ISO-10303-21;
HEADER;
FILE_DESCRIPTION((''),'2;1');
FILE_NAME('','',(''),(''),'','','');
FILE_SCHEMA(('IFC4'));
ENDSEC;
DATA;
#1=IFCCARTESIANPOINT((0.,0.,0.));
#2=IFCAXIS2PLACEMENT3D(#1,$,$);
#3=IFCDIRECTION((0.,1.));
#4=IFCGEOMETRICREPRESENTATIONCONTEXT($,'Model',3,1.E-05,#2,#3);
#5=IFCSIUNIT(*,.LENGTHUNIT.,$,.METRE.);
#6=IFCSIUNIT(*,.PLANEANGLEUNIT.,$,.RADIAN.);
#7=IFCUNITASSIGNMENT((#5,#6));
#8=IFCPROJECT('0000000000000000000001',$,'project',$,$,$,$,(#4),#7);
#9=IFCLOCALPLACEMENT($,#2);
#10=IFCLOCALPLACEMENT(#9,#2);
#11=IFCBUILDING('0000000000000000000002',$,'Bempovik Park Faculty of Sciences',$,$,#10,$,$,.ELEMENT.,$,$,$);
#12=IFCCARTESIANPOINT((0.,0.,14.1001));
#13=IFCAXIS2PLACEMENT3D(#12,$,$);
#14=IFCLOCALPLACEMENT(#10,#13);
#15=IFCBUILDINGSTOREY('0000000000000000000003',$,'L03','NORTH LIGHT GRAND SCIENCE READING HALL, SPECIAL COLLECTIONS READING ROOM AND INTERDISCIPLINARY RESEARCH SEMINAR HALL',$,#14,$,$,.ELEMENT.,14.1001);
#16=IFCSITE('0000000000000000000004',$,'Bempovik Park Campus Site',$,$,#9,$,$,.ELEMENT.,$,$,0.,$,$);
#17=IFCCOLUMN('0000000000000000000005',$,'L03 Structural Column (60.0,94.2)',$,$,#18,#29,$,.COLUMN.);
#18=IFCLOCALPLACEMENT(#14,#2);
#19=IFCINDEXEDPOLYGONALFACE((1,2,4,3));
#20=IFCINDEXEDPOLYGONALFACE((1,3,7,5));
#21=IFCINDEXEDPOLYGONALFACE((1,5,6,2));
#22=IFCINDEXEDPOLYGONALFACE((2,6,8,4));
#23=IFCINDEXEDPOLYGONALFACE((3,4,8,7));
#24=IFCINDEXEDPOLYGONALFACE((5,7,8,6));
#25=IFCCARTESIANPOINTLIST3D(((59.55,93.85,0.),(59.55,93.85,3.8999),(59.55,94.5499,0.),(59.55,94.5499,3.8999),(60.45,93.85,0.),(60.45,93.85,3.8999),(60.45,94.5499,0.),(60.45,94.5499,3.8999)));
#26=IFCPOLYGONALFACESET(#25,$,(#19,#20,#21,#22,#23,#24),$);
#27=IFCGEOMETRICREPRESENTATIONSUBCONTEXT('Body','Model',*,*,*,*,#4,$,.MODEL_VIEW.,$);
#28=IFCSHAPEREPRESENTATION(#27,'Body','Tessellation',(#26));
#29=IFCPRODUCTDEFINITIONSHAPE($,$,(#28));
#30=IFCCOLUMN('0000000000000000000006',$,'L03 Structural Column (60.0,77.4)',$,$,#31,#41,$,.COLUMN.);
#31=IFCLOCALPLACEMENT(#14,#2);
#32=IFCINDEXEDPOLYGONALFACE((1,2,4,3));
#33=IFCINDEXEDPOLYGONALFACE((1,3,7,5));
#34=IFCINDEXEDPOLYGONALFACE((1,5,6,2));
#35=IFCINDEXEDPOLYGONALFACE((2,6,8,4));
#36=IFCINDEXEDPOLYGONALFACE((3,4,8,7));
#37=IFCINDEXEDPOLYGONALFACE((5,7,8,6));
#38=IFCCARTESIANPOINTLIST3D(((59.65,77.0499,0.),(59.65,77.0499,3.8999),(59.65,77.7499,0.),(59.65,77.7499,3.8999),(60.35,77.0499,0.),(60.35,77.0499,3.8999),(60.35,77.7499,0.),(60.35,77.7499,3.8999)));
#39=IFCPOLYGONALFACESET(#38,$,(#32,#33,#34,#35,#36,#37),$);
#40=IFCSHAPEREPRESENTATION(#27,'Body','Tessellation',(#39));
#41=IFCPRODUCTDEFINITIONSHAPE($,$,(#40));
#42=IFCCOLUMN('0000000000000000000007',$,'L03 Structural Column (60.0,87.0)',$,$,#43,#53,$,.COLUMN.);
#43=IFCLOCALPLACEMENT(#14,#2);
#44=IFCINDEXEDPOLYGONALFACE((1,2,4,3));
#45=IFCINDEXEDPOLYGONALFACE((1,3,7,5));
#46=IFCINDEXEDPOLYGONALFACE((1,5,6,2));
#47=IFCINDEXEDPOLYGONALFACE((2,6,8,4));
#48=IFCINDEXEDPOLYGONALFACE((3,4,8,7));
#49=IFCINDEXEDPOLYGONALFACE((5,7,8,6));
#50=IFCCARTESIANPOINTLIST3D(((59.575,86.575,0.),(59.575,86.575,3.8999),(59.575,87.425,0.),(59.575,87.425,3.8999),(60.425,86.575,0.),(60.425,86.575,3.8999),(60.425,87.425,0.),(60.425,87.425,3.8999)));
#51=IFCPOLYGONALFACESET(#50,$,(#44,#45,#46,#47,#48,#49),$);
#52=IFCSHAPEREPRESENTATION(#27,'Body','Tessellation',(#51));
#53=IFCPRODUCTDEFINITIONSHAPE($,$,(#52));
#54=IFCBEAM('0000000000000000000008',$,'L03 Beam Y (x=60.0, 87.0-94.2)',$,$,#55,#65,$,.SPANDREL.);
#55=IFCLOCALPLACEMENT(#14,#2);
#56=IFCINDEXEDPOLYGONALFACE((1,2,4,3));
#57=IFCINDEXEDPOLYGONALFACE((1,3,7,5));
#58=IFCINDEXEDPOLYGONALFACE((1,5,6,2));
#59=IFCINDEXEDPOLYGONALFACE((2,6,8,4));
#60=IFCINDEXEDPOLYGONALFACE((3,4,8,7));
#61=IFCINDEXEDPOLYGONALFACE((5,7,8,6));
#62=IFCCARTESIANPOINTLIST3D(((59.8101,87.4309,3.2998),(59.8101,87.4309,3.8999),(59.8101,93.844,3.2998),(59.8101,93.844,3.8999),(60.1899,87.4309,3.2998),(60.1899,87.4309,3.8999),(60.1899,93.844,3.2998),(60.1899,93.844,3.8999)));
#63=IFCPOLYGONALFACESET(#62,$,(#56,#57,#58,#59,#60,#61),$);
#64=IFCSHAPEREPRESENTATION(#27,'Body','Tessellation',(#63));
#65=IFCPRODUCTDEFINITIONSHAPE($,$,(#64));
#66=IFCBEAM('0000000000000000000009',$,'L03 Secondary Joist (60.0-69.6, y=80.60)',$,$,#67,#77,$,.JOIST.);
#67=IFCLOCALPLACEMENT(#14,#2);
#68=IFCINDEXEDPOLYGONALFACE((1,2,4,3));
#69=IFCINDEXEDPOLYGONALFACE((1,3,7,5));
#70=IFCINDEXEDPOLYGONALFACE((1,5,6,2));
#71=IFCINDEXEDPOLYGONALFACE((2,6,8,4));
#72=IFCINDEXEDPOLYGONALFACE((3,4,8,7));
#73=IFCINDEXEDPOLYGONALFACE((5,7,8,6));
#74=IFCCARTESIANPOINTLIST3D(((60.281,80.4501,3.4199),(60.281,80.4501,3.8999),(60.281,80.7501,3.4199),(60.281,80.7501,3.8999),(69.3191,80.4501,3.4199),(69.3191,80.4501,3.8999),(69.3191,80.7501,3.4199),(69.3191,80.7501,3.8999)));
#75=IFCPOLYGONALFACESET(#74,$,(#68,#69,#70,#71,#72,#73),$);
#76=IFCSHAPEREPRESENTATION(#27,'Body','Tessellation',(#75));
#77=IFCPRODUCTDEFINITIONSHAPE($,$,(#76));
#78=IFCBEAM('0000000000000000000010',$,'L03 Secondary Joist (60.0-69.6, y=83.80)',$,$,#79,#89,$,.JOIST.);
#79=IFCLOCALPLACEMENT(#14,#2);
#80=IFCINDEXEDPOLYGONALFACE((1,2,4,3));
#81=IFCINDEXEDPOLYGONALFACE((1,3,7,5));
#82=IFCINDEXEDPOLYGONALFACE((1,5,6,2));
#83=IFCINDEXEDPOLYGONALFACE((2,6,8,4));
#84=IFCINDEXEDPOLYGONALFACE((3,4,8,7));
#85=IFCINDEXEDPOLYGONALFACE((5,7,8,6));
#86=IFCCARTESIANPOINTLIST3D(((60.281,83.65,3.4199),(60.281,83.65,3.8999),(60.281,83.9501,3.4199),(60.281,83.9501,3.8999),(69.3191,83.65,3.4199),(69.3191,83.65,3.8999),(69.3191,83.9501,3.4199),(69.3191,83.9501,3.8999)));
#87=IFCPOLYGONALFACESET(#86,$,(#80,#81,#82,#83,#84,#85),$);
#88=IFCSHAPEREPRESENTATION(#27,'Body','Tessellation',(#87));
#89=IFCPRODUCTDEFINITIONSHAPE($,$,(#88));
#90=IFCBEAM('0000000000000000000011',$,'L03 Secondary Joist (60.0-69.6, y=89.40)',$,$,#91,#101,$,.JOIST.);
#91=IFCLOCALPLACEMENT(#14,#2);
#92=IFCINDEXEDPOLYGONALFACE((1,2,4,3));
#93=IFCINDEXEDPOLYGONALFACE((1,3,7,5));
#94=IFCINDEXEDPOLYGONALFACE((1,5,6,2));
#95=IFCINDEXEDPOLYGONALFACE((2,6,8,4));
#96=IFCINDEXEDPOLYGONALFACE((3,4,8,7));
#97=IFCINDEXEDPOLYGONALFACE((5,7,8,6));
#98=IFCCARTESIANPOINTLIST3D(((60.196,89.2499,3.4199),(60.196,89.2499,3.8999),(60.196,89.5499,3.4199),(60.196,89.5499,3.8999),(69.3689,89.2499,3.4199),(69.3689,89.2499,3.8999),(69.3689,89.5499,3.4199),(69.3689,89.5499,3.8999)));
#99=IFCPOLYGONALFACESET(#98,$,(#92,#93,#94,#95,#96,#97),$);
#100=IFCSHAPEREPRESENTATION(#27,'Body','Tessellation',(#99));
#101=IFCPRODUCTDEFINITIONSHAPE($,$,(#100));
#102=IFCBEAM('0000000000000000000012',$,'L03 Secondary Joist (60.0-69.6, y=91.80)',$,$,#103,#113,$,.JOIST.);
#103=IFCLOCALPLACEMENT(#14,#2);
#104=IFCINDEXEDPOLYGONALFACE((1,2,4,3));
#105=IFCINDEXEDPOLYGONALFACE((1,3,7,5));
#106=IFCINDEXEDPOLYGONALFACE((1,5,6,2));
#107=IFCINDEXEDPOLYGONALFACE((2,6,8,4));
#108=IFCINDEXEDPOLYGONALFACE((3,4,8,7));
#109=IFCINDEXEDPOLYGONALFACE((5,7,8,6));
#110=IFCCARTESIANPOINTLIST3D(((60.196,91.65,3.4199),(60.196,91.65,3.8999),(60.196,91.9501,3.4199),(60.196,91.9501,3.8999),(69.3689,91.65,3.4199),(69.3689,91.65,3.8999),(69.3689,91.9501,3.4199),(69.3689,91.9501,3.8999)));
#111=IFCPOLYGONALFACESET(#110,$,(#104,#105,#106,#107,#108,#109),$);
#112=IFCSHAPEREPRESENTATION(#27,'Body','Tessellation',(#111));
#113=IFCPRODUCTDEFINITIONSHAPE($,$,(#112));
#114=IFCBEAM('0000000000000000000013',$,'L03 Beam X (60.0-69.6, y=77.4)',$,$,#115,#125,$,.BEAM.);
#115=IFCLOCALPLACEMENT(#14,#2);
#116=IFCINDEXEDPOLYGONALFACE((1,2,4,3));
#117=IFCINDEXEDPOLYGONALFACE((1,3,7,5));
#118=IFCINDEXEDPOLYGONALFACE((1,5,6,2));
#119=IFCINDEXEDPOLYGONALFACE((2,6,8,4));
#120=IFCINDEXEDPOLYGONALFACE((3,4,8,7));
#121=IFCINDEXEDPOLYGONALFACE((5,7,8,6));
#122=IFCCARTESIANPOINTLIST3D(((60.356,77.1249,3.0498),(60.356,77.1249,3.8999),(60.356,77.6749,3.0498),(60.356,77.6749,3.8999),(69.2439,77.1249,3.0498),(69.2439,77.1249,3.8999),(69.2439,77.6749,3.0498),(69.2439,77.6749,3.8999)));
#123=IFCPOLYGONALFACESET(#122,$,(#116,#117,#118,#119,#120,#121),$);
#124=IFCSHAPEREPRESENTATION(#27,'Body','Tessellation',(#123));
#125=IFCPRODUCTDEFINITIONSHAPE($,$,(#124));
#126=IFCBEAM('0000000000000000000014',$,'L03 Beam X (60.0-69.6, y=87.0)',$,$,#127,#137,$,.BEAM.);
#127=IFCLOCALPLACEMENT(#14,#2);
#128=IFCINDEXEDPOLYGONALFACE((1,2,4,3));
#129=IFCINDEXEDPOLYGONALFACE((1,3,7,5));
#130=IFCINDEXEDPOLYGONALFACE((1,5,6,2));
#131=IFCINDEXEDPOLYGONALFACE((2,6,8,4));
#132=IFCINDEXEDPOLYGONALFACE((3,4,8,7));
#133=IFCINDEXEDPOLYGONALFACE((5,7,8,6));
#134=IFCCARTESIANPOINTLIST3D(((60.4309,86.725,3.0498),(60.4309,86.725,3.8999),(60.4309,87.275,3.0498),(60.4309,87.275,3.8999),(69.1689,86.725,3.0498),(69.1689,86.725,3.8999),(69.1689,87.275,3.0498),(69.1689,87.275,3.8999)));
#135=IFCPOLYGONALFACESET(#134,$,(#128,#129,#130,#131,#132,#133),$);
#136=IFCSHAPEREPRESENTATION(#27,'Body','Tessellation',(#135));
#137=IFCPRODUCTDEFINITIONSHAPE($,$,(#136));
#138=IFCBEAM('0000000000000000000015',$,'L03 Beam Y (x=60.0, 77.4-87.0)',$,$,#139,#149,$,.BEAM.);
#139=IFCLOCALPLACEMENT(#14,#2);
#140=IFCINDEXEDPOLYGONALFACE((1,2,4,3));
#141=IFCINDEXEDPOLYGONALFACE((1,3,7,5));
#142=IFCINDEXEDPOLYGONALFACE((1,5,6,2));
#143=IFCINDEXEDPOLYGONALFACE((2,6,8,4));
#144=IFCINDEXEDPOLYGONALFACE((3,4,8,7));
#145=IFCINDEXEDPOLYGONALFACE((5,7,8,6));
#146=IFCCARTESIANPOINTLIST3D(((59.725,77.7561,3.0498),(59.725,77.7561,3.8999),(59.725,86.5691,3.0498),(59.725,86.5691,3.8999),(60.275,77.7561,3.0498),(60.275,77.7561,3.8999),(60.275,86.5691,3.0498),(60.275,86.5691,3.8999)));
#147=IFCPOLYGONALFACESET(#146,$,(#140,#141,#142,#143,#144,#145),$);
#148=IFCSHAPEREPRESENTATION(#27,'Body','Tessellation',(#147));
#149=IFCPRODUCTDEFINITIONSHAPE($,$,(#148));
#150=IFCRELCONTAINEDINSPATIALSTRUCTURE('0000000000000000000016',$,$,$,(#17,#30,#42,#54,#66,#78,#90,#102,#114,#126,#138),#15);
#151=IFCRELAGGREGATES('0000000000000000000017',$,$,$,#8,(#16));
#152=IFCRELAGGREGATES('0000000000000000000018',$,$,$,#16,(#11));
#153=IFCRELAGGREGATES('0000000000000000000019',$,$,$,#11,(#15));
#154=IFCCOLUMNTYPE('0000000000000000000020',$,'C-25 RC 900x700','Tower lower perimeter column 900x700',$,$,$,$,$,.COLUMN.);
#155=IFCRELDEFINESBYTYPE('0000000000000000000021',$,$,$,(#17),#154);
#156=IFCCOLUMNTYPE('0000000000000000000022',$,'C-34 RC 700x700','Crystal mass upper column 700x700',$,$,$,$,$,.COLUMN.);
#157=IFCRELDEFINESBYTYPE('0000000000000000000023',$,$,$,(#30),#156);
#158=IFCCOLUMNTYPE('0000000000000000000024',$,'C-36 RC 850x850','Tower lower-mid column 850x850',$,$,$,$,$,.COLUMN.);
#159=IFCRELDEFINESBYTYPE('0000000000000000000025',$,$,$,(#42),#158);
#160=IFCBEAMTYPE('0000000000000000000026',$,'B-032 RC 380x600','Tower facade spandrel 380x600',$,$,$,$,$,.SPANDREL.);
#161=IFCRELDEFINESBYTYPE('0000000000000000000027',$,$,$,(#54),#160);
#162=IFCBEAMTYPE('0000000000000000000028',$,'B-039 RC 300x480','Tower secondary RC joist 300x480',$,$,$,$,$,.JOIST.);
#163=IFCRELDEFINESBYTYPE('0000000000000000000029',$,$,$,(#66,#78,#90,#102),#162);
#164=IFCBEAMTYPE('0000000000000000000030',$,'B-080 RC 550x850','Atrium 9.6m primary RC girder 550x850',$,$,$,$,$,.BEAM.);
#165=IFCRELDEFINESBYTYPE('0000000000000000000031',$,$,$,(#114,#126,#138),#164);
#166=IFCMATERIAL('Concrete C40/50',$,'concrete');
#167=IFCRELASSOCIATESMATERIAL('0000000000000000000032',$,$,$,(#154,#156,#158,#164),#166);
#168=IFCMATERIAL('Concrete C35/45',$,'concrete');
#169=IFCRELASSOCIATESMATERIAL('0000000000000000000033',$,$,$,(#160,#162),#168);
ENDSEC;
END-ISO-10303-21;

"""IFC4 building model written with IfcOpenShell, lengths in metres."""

from ifc_helpers import new_model, si_unit, direction, frame, origin, origin_2d, place, context, subcontext, project, spatial, rectangle, extrude, material, material_profile, profile_set, type_object, element, save


model = new_model("IFC4")

# Units and contexts
model_context = context("Model", 3, precision=1e-05, world=origin(), true_north=direction((0.0, 1.0)))
body_context = subcontext(model_context, "Body", "Model", "MODEL_VIEW")
ifc_project = project(units=[si_unit("LENGTHUNIT", "METRE"), si_unit("PLANEANGLEUNIT", "RADIAN")], contexts=[model_context])

# Site, building, storey
site_placement = place(None, origin())
site = spatial("IfcSite", under=ifc_project, at=site_placement, Name="Bempovik Park Campus Site", CompositionType="ELEMENT", RefElevation=0.0)
building_placement = place(site_placement, origin())
building = spatial("IfcBuilding", under=site, at=building_placement, Name="Bempovik Park Faculty of Sciences", CompositionType="ELEMENT")
storey_placement = place(building_placement, frame((0.0, 0.0, 14.1001)))
storey = spatial("IfcBuildingStorey", under=building, at=storey_placement, Name="L03", Description="NORTH LIGHT GRAND SCIENCE READING HALL, SPECIAL COLLECTIONS READING ROOM AND INTERDISCIPLINARY RESEARCH SEMINAR HALL", CompositionType="ELEMENT", Elevation=14.1001)

# Columns
ifc_material_1 = material(Name="Concrete C40/50", Category="concrete")
ifc_material_profile_1 = material_profile(ifc_material_1, rectangle(XDim=0.8999, YDim=0.7, at=origin_2d()), Name="RC 900x700")
ifc_profile_set_1 = profile_set([ifc_material_profile_1], Name="Concrete C40/50")
column_type_1 = type_object("IfcColumnType", Name="C-25 RC 900x700", Description="Tower lower perimeter column 900x700", PredefinedType="COLUMN", material=ifc_profile_set_1)
column_1_placement = place(storey_placement, frame((60.0, 94.2, 0.0), z_axis=(0.0, 0.0, 1.0), x_axis=(1.0, 0.0, 0.0)))
element("IfcColumn", 1, at=column_1_placement, inside=storey, type_object=column_type_1, Name="L03 Structural Column (60.0,94.2)", PredefinedType="COLUMN", context=body_context, shape_type="SweptSolid", body=[
    extrude(rectangle(XDim=0.8999, YDim=0.7, at=origin_2d()), origin(), (0.0, 0.0, 1.0), 3.8999),
])
ifc_material_profile_2 = material_profile(ifc_material_1, rectangle(XDim=0.7, YDim=0.7, at=origin_2d()), Name="RC 700x700")
ifc_profile_set_2 = profile_set([ifc_material_profile_2], Name="Concrete C40/50")
column_type_2 = type_object("IfcColumnType", Name="C-34 RC 700x700", Description="Crystal mass upper column 700x700", PredefinedType="COLUMN", material=ifc_profile_set_2)
column_2_placement = place(storey_placement, frame((60.0, 77.3999, 0.0), z_axis=(0.0, 0.0, 1.0), x_axis=(1.0, 0.0, 0.0)))
element("IfcColumn", 2, at=column_2_placement, inside=storey, type_object=column_type_2, Name="L03 Structural Column (60.0,77.4)", PredefinedType="COLUMN", context=body_context, shape_type="SweptSolid", body=[
    extrude(rectangle(XDim=0.7, YDim=0.7, at=origin_2d()), origin(), (0.0, 0.0, 1.0), 3.8999),
])
ifc_material_profile_3 = material_profile(ifc_material_1, rectangle(XDim=0.8501, YDim=0.8501, at=origin_2d()), Name="RC 850x850")
ifc_profile_set_3 = profile_set([ifc_material_profile_3], Name="Concrete C40/50")
column_type_3 = type_object("IfcColumnType", Name="C-36 RC 850x850", Description="Tower lower-mid column 850x850", PredefinedType="COLUMN", material=ifc_profile_set_3)
column_3_placement = place(storey_placement, frame((60.0, 87.0, 0.0), z_axis=(0.0, 0.0, 1.0), x_axis=(1.0, 0.0, 0.0)))
element("IfcColumn", 3, at=column_3_placement, inside=storey, type_object=column_type_3, Name="L03 Structural Column (60.0,87.0)", PredefinedType="COLUMN", context=body_context, shape_type="SweptSolid", body=[
    extrude(rectangle(XDim=0.8501, YDim=0.8501, at=origin_2d()), origin(), (0.0, 0.0, 1.0), 3.8999),
])

# Beams
ifc_material_2 = material(Name="Concrete C35/45", Category="concrete")
ifc_material_profile_4 = material_profile(ifc_material_2, rectangle(XDim=0.3799, YDim=0.6001, at=origin_2d()), Name="RC 380x600")
ifc_profile_set_4 = profile_set([ifc_material_profile_4], Name="Concrete C35/45")
beam_type_1 = type_object("IfcBeamType", Name="B-032 RC 380x600", Description="Tower facade spandrel 380x600", PredefinedType="SPANDREL", material=ifc_profile_set_4)
beam_1_placement = place(storey_placement, frame((60.0, 87.4309, 3.5999), z_axis=(0.0, 1.0, 0.0), x_axis=(-1.0, 0.0, 0.0)))
element("IfcBeam", 4, at=beam_1_placement, inside=storey, type_object=beam_type_1, Name="L03 Beam Y (x=60.0, 87.0-94.2)", PredefinedType="SPANDREL", context=body_context, shape_type="SweptSolid", body=[
    extrude(rectangle(XDim=0.3799, YDim=0.6001, at=origin_2d()), origin(), (0.0, 0.0, 1.0), 6.4131),
])
ifc_material_profile_5 = material_profile(ifc_material_2, rectangle(XDim=0.3, YDim=0.48, at=origin_2d()), Name="RC 300x480")
ifc_profile_set_5 = profile_set([ifc_material_profile_5], Name="Concrete C35/45")
beam_type_2 = type_object("IfcBeamType", Name="B-039 RC 300x480", Description="Tower secondary RC joist 300x480", PredefinedType="JOIST", material=ifc_profile_set_5)
for number, where, z_axis, x_axis, name in (
    (5, (60.281, 80.6001, 3.6599), (1.0, 0.0, 0.0), (0.0, 1.0, 0.0), "L03 Secondary Joist (60.0-69.6, y=80.60)"),
    (6, (60.281, 83.8, 3.6599), (1.0, 0.0, 0.0), (0.0, 1.0, 0.0), "L03 Secondary Joist (60.0-69.6, y=83.80)"),
):
    element("IfcBeam", number, at=place(storey_placement, frame(where, z_axis=z_axis, x_axis=x_axis)), inside=storey, type_object=beam_type_2, Name=name, PredefinedType="JOIST", context=body_context, shape_type="SweptSolid", body=[
        extrude(rectangle(XDim=0.3, YDim=0.48, at=origin_2d()), origin(), (0.0, 0.0, 1.0), 9.0381),
    ])
for number, where, z_axis, x_axis, name in (
    (7, (60.196, 89.3999, 3.6599), (1.0, 0.0, 0.0), (0.0, 1.0, 0.0), "L03 Secondary Joist (60.0-69.6, y=89.40)"),
    (8, (60.196, 91.8, 3.6599), (1.0, 0.0, 0.0), (0.0, 1.0, 0.0), "L03 Secondary Joist (60.0-69.6, y=91.80)"),
):
    element("IfcBeam", number, at=place(storey_placement, frame(where, z_axis=z_axis, x_axis=x_axis)), inside=storey, type_object=beam_type_2, Name=name, PredefinedType="JOIST", context=body_context, shape_type="SweptSolid", body=[
        extrude(rectangle(XDim=0.3, YDim=0.48, at=origin_2d()), origin(), (0.0, 0.0, 1.0), 9.1729),
    ])
ifc_material_profile_6 = material_profile(ifc_material_1, rectangle(XDim=0.55, YDim=0.8501, at=origin_2d()), Name="RC 550x850")
ifc_profile_set_6 = profile_set([ifc_material_profile_6], Name="Concrete C40/50")
beam_type_3 = type_object("IfcBeamType", Name="B-080 RC 550x850", Description="Atrium 9.6m primary RC girder 550x850", PredefinedType="BEAM", material=ifc_profile_set_6)
beam_2_placement = place(storey_placement, frame((60.356, 77.3999, 3.4749), z_axis=(1.0, 0.0, 0.0), x_axis=(0.0, 1.0, 0.0)))
element("IfcBeam", 9, at=beam_2_placement, inside=storey, type_object=beam_type_3, Name="L03 Beam X (60.0-69.6, y=77.4)", PredefinedType="BEAM", context=body_context, shape_type="SweptSolid", body=[
    extrude(rectangle(XDim=0.55, YDim=0.8501, at=origin_2d()), origin(), (0.0, 0.0, 1.0), 8.8879),
])
beam_3_placement = place(storey_placement, frame((60.4309, 87.0, 3.4749), z_axis=(1.0, 0.0, 0.0), x_axis=(0.0, 1.0, 0.0)))
element("IfcBeam", 10, at=beam_3_placement, inside=storey, type_object=beam_type_3, Name="L03 Beam X (60.0-69.6, y=87.0)", PredefinedType="BEAM", context=body_context, shape_type="SweptSolid", body=[
    extrude(rectangle(XDim=0.55, YDim=0.8501, at=origin_2d()), origin(), (0.0, 0.0, 1.0), 8.738),
])
beam_4_placement = place(storey_placement, frame((60.0, 77.7561, 3.4749), z_axis=(0.0, 1.0, 0.0), x_axis=(-1.0, 0.0, 0.0)))
element("IfcBeam", 11, at=beam_4_placement, inside=storey, type_object=beam_type_3, Name="L03 Beam Y (x=60.0, 77.4-87.0)", PredefinedType="BEAM", context=body_context, shape_type="SweptSolid", body=[
    extrude(rectangle(XDim=0.55, YDim=0.8501, at=origin_2d()), origin(), (0.0, 0.0, 1.0), 8.813),
])

save(model, "model.ifc")
